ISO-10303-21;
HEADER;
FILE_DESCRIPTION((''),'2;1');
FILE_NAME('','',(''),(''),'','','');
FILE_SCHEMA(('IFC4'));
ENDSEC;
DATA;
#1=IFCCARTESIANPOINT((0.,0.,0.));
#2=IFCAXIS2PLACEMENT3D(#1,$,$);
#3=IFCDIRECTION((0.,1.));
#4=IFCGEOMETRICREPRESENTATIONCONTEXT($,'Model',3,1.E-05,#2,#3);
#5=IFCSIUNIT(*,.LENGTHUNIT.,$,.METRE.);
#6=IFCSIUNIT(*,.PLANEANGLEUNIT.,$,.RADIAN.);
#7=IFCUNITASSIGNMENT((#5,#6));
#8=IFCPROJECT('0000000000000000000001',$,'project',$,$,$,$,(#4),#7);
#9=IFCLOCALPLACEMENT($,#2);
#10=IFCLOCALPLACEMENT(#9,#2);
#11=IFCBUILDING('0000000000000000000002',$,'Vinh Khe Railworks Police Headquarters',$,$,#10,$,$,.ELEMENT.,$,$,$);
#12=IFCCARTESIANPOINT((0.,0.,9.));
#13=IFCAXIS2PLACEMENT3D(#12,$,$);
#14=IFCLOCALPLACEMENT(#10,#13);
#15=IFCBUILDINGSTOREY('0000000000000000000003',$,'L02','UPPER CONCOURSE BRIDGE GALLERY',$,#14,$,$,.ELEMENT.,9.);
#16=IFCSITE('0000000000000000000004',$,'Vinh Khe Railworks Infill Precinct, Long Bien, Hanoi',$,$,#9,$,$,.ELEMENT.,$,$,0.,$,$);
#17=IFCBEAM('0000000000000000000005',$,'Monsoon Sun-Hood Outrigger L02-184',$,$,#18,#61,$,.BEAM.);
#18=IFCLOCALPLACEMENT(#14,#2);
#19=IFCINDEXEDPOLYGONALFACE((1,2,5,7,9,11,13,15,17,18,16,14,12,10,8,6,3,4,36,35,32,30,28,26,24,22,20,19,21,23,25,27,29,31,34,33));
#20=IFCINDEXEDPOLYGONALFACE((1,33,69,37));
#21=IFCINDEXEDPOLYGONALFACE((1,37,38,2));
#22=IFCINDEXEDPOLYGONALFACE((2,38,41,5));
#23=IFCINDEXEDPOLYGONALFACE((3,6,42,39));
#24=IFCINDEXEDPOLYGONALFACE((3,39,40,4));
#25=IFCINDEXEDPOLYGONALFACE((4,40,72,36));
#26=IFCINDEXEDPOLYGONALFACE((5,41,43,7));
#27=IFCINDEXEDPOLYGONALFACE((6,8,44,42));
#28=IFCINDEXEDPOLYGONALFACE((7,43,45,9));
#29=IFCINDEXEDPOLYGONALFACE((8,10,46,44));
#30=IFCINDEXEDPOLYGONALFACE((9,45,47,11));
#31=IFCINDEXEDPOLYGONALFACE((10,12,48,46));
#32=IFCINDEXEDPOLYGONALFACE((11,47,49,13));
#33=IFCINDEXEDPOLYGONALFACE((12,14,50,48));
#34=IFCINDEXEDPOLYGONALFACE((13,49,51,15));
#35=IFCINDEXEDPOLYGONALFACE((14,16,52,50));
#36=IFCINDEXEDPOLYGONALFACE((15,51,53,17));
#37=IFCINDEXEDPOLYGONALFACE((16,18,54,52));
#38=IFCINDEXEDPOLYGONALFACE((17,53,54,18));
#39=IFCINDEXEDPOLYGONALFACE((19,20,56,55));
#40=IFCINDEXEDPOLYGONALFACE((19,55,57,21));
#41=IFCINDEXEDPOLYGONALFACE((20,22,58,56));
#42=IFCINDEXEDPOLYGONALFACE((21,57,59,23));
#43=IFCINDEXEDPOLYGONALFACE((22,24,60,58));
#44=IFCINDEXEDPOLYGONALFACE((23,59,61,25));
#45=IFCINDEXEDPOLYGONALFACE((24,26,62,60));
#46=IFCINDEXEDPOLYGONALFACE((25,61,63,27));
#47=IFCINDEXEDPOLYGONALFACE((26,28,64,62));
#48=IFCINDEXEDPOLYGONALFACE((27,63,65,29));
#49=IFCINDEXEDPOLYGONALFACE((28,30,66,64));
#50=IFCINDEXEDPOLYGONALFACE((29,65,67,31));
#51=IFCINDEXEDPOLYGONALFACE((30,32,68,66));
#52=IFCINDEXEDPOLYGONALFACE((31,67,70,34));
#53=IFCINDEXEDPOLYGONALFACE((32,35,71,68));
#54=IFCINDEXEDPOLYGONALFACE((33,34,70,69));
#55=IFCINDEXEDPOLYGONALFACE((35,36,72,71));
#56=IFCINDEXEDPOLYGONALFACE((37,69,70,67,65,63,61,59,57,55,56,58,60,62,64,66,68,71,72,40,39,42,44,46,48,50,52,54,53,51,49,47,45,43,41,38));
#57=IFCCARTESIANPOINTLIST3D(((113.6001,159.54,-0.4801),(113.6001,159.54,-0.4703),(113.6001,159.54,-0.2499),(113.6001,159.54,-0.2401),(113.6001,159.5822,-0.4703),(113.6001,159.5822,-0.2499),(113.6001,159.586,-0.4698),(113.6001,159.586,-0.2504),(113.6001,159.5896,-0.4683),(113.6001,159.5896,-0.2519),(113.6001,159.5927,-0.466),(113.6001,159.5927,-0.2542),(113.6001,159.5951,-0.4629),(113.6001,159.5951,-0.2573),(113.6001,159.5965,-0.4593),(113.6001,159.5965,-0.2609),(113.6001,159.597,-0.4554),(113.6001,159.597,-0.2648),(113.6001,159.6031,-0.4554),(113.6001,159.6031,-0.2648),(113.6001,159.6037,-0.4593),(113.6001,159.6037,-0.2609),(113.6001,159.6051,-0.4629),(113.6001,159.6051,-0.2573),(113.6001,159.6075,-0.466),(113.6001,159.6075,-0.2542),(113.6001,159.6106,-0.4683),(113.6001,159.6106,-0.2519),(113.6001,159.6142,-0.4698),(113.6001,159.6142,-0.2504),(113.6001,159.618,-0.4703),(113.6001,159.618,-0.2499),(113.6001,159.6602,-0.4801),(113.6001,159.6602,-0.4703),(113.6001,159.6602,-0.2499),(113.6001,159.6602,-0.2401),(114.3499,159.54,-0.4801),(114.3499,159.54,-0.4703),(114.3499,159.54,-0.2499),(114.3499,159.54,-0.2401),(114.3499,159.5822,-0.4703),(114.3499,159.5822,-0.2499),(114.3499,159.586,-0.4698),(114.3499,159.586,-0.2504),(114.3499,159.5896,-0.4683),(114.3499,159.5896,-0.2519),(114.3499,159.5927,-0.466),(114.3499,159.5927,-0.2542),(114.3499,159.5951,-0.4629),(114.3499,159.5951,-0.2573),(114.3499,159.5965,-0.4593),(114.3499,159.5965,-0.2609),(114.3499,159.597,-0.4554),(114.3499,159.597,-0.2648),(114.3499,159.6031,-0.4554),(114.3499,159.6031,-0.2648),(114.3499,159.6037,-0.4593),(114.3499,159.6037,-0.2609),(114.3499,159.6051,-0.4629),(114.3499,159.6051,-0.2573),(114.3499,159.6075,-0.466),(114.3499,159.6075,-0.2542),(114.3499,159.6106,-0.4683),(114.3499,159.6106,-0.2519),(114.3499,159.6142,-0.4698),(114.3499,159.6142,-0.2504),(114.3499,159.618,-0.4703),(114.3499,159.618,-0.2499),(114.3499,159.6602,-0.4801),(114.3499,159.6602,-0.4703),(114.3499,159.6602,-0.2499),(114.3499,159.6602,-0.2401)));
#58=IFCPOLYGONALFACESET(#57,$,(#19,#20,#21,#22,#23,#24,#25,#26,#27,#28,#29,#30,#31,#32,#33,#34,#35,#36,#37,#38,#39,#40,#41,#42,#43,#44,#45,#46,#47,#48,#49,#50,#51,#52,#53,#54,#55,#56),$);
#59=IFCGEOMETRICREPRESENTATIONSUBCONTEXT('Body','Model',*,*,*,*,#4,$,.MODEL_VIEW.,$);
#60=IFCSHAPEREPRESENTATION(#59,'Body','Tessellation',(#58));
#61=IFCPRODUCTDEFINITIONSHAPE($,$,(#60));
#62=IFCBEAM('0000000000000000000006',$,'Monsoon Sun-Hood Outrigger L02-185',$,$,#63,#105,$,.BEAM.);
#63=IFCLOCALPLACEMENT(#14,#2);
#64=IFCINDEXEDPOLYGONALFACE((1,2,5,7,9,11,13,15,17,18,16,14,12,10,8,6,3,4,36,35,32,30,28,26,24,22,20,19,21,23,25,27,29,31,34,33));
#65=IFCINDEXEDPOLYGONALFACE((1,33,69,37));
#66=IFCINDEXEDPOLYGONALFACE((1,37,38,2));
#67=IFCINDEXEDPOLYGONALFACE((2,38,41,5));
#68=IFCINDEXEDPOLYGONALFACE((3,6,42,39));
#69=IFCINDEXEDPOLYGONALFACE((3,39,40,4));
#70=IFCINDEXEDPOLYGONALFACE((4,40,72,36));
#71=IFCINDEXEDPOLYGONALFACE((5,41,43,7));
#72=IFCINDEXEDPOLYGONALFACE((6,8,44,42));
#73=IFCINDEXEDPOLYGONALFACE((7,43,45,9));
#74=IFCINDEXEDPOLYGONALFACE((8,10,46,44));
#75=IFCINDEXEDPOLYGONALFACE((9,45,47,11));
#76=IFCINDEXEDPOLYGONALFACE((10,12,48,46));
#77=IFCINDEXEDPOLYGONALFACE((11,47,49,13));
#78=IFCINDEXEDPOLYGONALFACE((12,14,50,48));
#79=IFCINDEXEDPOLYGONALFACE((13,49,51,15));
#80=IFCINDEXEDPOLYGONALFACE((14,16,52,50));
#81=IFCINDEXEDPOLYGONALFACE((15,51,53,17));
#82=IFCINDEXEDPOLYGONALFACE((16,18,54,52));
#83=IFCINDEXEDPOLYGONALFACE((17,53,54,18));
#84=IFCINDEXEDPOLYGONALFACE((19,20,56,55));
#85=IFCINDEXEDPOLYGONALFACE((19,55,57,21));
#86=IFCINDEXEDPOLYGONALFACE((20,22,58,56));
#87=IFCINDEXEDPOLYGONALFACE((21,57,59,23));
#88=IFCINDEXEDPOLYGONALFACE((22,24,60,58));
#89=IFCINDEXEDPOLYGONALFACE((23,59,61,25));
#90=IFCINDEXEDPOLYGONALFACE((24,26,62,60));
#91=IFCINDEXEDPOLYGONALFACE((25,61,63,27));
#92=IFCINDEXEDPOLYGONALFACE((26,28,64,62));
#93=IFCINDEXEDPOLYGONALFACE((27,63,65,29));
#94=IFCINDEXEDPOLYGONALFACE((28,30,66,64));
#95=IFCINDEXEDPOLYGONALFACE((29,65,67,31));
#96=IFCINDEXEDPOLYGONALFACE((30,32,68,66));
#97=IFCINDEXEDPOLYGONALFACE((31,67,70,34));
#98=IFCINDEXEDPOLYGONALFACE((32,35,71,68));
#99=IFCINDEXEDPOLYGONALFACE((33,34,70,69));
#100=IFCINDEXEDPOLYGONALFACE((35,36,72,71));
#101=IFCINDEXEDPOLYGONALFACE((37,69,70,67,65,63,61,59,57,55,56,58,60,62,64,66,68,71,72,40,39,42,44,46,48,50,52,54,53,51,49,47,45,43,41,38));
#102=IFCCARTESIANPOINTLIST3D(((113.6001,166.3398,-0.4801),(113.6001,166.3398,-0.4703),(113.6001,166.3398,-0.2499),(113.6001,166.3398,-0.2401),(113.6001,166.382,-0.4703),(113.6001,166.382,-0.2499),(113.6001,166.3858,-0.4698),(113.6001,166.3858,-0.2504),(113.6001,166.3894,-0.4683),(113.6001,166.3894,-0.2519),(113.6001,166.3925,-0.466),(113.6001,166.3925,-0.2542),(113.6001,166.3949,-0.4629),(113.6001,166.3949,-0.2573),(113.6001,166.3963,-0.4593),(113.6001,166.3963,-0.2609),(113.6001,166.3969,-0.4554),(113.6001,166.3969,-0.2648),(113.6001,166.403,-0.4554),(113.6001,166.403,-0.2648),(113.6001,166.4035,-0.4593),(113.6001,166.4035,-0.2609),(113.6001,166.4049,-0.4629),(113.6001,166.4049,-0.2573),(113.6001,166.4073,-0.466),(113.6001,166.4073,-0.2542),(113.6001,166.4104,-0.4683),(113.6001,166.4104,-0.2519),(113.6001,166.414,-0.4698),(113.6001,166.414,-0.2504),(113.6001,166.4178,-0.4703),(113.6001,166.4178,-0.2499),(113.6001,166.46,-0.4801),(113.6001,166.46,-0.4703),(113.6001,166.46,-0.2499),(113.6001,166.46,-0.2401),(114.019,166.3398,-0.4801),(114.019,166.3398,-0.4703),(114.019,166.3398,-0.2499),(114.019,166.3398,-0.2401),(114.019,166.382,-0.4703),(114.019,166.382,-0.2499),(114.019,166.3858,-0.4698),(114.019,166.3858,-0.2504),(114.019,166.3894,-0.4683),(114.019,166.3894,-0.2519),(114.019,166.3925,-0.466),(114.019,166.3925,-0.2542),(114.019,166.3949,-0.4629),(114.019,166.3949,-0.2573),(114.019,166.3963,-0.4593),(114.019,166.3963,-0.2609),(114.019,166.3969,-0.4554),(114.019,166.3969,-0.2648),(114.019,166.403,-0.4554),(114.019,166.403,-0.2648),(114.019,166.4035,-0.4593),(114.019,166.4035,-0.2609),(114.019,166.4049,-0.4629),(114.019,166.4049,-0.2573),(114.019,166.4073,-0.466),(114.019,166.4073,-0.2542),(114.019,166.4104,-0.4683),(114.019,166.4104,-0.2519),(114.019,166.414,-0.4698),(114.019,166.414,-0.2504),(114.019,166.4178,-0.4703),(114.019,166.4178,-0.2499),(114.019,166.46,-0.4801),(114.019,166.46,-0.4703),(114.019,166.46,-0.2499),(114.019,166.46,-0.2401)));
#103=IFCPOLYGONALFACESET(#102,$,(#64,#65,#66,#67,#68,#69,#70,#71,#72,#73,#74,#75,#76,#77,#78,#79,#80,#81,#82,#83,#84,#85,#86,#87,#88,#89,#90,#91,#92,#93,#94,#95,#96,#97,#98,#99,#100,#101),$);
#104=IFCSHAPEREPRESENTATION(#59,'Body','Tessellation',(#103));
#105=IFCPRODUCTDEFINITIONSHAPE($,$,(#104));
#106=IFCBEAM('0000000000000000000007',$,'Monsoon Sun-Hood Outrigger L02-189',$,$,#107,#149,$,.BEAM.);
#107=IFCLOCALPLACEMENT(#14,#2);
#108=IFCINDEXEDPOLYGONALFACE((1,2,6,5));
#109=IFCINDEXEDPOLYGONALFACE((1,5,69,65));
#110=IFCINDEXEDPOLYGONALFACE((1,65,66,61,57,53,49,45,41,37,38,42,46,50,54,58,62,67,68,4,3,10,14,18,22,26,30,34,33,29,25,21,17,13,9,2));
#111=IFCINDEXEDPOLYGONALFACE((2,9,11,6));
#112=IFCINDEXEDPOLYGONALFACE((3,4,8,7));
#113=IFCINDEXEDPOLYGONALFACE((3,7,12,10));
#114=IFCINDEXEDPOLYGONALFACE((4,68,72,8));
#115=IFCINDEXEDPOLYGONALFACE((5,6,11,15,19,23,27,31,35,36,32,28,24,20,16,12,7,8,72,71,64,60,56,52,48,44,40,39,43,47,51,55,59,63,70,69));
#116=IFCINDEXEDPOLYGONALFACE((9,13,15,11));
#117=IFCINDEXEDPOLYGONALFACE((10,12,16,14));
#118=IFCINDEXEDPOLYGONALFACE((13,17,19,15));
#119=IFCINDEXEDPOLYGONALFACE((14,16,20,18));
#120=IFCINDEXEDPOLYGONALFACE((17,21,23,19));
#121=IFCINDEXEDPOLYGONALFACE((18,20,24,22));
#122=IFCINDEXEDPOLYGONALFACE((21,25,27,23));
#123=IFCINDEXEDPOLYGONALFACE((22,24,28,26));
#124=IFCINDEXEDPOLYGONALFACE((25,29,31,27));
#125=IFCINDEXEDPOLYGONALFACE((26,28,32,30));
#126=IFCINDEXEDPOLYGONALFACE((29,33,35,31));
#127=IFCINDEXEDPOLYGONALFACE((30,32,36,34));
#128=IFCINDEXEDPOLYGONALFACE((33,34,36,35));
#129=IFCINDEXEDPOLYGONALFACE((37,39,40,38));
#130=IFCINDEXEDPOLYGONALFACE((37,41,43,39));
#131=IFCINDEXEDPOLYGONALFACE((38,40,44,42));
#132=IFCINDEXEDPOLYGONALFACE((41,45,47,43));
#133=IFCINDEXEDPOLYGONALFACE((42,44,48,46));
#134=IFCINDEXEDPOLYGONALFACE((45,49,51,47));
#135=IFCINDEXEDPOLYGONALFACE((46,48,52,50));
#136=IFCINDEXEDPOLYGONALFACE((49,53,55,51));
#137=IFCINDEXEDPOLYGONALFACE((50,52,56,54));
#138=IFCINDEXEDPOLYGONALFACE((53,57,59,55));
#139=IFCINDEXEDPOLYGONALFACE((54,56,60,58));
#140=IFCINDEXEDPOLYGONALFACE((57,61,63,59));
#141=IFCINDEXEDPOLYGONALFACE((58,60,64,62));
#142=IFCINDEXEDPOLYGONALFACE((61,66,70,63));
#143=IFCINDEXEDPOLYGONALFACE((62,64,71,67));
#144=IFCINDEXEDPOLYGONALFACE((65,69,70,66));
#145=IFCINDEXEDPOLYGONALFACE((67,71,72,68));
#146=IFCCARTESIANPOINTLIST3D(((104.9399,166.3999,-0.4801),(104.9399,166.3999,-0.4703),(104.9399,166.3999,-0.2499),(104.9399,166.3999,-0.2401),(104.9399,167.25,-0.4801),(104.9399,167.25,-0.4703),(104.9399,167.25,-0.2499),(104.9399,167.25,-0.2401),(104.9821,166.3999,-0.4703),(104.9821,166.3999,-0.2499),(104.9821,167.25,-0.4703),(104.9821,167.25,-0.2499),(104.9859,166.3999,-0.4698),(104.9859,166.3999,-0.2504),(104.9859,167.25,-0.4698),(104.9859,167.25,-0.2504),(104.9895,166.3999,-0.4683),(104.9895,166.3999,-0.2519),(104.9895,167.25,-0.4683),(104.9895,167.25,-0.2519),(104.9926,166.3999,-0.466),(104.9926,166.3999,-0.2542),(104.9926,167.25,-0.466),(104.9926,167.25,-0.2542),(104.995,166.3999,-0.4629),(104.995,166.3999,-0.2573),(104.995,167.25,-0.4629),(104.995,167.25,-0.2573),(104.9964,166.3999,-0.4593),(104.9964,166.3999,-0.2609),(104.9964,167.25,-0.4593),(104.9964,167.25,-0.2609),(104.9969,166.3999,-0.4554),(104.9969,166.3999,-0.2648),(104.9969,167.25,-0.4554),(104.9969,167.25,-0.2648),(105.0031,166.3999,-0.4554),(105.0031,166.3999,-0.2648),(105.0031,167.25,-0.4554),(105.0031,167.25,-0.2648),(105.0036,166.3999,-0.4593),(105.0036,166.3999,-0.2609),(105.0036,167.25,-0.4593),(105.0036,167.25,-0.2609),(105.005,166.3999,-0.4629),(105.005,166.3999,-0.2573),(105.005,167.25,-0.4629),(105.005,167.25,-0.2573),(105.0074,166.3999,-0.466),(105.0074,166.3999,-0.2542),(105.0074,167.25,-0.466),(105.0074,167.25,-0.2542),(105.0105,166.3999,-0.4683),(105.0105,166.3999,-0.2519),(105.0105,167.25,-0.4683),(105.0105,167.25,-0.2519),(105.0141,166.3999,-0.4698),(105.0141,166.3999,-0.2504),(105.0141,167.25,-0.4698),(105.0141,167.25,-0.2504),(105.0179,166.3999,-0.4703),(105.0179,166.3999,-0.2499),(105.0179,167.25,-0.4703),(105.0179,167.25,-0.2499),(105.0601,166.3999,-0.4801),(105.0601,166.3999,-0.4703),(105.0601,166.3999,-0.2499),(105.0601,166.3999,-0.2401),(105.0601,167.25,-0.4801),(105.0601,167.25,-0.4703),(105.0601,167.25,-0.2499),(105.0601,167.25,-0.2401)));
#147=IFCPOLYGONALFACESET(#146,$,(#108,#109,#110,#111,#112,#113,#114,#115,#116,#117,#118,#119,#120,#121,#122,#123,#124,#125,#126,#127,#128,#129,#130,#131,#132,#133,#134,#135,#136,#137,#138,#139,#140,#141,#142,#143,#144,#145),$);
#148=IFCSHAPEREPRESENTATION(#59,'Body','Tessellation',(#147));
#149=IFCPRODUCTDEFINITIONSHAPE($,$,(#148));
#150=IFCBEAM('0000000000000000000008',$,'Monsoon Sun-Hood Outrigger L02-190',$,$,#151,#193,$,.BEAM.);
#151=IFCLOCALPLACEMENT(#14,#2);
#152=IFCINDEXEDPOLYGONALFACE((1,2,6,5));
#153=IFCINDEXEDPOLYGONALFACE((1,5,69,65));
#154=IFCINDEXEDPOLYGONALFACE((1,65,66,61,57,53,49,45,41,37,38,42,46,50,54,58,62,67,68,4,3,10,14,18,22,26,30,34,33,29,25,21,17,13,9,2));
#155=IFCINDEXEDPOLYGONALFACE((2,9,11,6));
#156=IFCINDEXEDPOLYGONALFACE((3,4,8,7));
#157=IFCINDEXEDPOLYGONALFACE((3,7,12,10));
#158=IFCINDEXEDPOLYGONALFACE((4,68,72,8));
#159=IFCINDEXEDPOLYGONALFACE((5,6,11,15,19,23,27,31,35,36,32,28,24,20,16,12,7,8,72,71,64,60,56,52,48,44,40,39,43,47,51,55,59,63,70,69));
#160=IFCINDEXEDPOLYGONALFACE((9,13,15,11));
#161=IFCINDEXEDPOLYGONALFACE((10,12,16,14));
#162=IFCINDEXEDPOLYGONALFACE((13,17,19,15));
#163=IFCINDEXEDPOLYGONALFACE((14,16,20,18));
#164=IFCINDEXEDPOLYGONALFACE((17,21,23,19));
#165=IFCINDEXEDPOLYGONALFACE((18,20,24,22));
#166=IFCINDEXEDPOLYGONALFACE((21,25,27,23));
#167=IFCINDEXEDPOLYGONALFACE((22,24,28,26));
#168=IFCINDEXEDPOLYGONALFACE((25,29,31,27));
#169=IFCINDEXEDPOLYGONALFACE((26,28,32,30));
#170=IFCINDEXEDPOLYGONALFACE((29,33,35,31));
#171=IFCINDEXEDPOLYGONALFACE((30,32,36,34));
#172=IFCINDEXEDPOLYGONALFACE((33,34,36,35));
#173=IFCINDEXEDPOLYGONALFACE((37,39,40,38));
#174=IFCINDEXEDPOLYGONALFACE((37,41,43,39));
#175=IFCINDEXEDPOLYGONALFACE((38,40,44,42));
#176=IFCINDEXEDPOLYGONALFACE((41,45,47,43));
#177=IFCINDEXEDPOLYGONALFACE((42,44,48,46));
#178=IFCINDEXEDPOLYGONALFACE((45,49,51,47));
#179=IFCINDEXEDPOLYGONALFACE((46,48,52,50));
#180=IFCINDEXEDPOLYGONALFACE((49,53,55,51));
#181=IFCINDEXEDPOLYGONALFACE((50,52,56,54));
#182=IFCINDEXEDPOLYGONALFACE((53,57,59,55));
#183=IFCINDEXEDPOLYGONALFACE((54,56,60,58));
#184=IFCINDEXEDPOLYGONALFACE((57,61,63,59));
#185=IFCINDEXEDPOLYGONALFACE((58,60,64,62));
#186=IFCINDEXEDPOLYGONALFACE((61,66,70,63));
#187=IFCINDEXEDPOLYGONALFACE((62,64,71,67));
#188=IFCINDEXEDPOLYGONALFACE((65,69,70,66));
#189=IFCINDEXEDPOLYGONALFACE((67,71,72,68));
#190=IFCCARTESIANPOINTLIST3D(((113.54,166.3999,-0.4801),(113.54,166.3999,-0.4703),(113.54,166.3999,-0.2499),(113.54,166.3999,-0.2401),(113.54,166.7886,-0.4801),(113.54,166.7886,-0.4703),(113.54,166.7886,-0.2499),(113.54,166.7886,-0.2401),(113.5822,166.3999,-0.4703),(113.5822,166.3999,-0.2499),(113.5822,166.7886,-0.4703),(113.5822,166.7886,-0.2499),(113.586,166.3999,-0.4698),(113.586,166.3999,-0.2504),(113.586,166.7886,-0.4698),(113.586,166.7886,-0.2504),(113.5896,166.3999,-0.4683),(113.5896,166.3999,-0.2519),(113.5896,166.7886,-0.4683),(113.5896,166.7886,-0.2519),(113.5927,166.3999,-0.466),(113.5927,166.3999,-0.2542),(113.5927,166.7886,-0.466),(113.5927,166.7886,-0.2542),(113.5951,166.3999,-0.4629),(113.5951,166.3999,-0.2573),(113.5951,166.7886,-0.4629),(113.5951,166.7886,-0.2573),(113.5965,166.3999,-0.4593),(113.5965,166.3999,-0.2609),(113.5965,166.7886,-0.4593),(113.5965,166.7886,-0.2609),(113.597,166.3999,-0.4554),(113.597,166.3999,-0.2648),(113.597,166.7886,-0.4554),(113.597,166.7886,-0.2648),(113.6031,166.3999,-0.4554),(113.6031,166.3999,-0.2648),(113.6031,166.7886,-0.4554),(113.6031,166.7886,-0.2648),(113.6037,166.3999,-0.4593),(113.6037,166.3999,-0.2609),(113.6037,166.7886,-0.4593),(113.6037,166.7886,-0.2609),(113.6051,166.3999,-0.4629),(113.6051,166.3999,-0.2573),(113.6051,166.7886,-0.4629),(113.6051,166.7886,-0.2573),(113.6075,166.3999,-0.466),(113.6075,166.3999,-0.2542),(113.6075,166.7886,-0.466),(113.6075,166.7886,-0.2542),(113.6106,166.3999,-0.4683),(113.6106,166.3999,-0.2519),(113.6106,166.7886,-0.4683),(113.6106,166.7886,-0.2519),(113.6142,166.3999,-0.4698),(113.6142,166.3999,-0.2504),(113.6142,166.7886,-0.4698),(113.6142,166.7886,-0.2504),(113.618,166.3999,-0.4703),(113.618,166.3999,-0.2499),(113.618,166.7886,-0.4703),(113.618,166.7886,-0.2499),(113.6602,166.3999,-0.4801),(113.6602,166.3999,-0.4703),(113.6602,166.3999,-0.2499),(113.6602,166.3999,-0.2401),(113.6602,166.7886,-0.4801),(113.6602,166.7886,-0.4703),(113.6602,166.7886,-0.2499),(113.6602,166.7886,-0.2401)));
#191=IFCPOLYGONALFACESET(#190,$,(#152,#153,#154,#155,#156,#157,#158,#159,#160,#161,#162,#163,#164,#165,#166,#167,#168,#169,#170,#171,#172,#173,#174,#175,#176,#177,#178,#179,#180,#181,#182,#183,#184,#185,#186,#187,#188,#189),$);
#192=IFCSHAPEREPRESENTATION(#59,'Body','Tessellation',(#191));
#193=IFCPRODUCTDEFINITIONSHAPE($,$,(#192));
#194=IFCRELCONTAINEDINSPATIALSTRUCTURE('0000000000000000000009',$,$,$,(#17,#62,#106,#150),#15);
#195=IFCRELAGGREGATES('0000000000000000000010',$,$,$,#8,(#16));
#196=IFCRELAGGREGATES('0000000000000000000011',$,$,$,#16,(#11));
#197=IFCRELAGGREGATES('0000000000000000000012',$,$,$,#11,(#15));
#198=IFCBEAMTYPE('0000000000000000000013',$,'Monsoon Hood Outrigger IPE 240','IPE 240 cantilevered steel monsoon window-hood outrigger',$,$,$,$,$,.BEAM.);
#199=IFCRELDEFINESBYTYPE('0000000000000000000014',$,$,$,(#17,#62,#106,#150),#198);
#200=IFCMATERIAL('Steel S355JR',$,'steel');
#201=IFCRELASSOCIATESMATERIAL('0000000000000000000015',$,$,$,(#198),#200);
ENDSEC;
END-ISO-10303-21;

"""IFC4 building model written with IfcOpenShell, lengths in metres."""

from ifc_helpers import new_model, si_unit, direction, frame, origin, origin_2d, place, context, subcontext, project, spatial, i_section, extrude, material, material_profile, profile_set, type_object, element, save


model = new_model("IFC4")

# Units and contexts
model_context = context("Model", 3, precision=1e-05, world=origin(), true_north=direction((0.0, 1.0)))
body_context = subcontext(model_context, "Body", "Model", "MODEL_VIEW")
ifc_project = project(units=[si_unit("LENGTHUNIT", "METRE"), si_unit("PLANEANGLEUNIT", "RADIAN")], contexts=[model_context])

# Site, building, storey
site_placement = place(None, origin())
site = spatial("IfcSite", under=ifc_project, at=site_placement, Name="Vinh Khe Railworks Infill Precinct, Long Bien, Hanoi", CompositionType="ELEMENT", RefElevation=0.0)
building_placement = place(site_placement, origin())
building = spatial("IfcBuilding", under=site, at=building_placement, Name="Vinh Khe Railworks Police Headquarters", CompositionType="ELEMENT")
storey_placement = place(building_placement, frame((0.0, 0.0, 9.0)))
storey = spatial("IfcBuildingStorey", under=building, at=storey_placement, Name="L02", Description="UPPER CONCOURSE BRIDGE GALLERY", CompositionType="ELEMENT", Elevation=9.0)

# Shared definitions
ifc_material_1 = material(Name="Steel S355JR", Category="steel")

# Beams
ifc_material_profile_1 = material_profile(ifc_material_1, i_section(OverallWidth=0.1201, OverallDepth=0.24, WebThickness=0.0061, FlangeThickness=0.0098, FilletRadius=0.0149, at=origin_2d()), Name="IPE 240")
ifc_profile_set_1 = profile_set([ifc_material_profile_1], Name="Steel S355JR")
beam_type_1 = type_object("IfcBeamType", Name="Monsoon Hood Outrigger IPE 240", Description="IPE 240 cantilevered steel monsoon window-hood outrigger", PredefinedType="BEAM", material=ifc_profile_set_1)
beam_1_placement = place(storey_placement, frame((113.6001, 159.6001, -0.3601), z_axis=(1.0, 0.0, 0.0), x_axis=(0.0, 1.0, 0.0)))
element("IfcBeam", 1, at=beam_1_placement, inside=storey, type_object=beam_type_1, Name="Monsoon Sun-Hood Outrigger L02-184", PredefinedType="BEAM", context=body_context, shape_type="SweptSolid", body=[
    extrude(i_section(OverallWidth=0.1201, OverallDepth=0.24, WebThickness=0.0061, FlangeThickness=0.0098, FilletRadius=0.0149, at=origin_2d()), origin(), (0.0, 0.0, 1.0), 0.7498),
])
beam_2_placement = place(storey_placement, frame((113.6001, 166.3999, -0.3601), z_axis=(1.0, 0.0, 0.0), x_axis=(0.0, 1.0, 0.0)))
element("IfcBeam", 2, at=beam_2_placement, inside=storey, type_object=beam_type_1, Name="Monsoon Sun-Hood Outrigger L02-185", PredefinedType="BEAM", context=body_context, shape_type="SweptSolid", body=[
    extrude(i_section(OverallWidth=0.1201, OverallDepth=0.24, WebThickness=0.0061, FlangeThickness=0.0098, FilletRadius=0.0149, at=origin_2d()), origin(), (0.0, 0.0, 1.0), 0.4189),
])
beam_3_placement = place(storey_placement, frame((105.0, 166.3999, -0.3601), z_axis=(0.0, 1.0, 0.0), x_axis=(-1.0, 0.0, 0.0)))
element("IfcBeam", 3, at=beam_3_placement, inside=storey, type_object=beam_type_1, Name="Monsoon Sun-Hood Outrigger L02-189", PredefinedType="BEAM", context=body_context, shape_type="SweptSolid", body=[
    extrude(i_section(OverallWidth=0.1201, OverallDepth=0.24, WebThickness=0.0061, FlangeThickness=0.0098, FilletRadius=0.0149, at=origin_2d()), origin(), (0.0, 0.0, 1.0), 0.8501),
])
beam_4_placement = place(storey_placement, frame((113.6001, 166.3999, -0.3601), z_axis=(0.0, 1.0, 0.0), x_axis=(-1.0, 0.0, 0.0)))
element("IfcBeam", 4, at=beam_4_placement, inside=storey, type_object=beam_type_1, Name="Monsoon Sun-Hood Outrigger L02-190", PredefinedType="BEAM", context=body_context, shape_type="SweptSolid", body=[
    extrude(i_section(OverallWidth=0.1201, OverallDepth=0.24, WebThickness=0.0061, FlangeThickness=0.0098, FilletRadius=0.0149, at=origin_2d()), origin(), (0.0, 0.0, 1.0), 0.3887),
])

save(model, "model.ifc")
